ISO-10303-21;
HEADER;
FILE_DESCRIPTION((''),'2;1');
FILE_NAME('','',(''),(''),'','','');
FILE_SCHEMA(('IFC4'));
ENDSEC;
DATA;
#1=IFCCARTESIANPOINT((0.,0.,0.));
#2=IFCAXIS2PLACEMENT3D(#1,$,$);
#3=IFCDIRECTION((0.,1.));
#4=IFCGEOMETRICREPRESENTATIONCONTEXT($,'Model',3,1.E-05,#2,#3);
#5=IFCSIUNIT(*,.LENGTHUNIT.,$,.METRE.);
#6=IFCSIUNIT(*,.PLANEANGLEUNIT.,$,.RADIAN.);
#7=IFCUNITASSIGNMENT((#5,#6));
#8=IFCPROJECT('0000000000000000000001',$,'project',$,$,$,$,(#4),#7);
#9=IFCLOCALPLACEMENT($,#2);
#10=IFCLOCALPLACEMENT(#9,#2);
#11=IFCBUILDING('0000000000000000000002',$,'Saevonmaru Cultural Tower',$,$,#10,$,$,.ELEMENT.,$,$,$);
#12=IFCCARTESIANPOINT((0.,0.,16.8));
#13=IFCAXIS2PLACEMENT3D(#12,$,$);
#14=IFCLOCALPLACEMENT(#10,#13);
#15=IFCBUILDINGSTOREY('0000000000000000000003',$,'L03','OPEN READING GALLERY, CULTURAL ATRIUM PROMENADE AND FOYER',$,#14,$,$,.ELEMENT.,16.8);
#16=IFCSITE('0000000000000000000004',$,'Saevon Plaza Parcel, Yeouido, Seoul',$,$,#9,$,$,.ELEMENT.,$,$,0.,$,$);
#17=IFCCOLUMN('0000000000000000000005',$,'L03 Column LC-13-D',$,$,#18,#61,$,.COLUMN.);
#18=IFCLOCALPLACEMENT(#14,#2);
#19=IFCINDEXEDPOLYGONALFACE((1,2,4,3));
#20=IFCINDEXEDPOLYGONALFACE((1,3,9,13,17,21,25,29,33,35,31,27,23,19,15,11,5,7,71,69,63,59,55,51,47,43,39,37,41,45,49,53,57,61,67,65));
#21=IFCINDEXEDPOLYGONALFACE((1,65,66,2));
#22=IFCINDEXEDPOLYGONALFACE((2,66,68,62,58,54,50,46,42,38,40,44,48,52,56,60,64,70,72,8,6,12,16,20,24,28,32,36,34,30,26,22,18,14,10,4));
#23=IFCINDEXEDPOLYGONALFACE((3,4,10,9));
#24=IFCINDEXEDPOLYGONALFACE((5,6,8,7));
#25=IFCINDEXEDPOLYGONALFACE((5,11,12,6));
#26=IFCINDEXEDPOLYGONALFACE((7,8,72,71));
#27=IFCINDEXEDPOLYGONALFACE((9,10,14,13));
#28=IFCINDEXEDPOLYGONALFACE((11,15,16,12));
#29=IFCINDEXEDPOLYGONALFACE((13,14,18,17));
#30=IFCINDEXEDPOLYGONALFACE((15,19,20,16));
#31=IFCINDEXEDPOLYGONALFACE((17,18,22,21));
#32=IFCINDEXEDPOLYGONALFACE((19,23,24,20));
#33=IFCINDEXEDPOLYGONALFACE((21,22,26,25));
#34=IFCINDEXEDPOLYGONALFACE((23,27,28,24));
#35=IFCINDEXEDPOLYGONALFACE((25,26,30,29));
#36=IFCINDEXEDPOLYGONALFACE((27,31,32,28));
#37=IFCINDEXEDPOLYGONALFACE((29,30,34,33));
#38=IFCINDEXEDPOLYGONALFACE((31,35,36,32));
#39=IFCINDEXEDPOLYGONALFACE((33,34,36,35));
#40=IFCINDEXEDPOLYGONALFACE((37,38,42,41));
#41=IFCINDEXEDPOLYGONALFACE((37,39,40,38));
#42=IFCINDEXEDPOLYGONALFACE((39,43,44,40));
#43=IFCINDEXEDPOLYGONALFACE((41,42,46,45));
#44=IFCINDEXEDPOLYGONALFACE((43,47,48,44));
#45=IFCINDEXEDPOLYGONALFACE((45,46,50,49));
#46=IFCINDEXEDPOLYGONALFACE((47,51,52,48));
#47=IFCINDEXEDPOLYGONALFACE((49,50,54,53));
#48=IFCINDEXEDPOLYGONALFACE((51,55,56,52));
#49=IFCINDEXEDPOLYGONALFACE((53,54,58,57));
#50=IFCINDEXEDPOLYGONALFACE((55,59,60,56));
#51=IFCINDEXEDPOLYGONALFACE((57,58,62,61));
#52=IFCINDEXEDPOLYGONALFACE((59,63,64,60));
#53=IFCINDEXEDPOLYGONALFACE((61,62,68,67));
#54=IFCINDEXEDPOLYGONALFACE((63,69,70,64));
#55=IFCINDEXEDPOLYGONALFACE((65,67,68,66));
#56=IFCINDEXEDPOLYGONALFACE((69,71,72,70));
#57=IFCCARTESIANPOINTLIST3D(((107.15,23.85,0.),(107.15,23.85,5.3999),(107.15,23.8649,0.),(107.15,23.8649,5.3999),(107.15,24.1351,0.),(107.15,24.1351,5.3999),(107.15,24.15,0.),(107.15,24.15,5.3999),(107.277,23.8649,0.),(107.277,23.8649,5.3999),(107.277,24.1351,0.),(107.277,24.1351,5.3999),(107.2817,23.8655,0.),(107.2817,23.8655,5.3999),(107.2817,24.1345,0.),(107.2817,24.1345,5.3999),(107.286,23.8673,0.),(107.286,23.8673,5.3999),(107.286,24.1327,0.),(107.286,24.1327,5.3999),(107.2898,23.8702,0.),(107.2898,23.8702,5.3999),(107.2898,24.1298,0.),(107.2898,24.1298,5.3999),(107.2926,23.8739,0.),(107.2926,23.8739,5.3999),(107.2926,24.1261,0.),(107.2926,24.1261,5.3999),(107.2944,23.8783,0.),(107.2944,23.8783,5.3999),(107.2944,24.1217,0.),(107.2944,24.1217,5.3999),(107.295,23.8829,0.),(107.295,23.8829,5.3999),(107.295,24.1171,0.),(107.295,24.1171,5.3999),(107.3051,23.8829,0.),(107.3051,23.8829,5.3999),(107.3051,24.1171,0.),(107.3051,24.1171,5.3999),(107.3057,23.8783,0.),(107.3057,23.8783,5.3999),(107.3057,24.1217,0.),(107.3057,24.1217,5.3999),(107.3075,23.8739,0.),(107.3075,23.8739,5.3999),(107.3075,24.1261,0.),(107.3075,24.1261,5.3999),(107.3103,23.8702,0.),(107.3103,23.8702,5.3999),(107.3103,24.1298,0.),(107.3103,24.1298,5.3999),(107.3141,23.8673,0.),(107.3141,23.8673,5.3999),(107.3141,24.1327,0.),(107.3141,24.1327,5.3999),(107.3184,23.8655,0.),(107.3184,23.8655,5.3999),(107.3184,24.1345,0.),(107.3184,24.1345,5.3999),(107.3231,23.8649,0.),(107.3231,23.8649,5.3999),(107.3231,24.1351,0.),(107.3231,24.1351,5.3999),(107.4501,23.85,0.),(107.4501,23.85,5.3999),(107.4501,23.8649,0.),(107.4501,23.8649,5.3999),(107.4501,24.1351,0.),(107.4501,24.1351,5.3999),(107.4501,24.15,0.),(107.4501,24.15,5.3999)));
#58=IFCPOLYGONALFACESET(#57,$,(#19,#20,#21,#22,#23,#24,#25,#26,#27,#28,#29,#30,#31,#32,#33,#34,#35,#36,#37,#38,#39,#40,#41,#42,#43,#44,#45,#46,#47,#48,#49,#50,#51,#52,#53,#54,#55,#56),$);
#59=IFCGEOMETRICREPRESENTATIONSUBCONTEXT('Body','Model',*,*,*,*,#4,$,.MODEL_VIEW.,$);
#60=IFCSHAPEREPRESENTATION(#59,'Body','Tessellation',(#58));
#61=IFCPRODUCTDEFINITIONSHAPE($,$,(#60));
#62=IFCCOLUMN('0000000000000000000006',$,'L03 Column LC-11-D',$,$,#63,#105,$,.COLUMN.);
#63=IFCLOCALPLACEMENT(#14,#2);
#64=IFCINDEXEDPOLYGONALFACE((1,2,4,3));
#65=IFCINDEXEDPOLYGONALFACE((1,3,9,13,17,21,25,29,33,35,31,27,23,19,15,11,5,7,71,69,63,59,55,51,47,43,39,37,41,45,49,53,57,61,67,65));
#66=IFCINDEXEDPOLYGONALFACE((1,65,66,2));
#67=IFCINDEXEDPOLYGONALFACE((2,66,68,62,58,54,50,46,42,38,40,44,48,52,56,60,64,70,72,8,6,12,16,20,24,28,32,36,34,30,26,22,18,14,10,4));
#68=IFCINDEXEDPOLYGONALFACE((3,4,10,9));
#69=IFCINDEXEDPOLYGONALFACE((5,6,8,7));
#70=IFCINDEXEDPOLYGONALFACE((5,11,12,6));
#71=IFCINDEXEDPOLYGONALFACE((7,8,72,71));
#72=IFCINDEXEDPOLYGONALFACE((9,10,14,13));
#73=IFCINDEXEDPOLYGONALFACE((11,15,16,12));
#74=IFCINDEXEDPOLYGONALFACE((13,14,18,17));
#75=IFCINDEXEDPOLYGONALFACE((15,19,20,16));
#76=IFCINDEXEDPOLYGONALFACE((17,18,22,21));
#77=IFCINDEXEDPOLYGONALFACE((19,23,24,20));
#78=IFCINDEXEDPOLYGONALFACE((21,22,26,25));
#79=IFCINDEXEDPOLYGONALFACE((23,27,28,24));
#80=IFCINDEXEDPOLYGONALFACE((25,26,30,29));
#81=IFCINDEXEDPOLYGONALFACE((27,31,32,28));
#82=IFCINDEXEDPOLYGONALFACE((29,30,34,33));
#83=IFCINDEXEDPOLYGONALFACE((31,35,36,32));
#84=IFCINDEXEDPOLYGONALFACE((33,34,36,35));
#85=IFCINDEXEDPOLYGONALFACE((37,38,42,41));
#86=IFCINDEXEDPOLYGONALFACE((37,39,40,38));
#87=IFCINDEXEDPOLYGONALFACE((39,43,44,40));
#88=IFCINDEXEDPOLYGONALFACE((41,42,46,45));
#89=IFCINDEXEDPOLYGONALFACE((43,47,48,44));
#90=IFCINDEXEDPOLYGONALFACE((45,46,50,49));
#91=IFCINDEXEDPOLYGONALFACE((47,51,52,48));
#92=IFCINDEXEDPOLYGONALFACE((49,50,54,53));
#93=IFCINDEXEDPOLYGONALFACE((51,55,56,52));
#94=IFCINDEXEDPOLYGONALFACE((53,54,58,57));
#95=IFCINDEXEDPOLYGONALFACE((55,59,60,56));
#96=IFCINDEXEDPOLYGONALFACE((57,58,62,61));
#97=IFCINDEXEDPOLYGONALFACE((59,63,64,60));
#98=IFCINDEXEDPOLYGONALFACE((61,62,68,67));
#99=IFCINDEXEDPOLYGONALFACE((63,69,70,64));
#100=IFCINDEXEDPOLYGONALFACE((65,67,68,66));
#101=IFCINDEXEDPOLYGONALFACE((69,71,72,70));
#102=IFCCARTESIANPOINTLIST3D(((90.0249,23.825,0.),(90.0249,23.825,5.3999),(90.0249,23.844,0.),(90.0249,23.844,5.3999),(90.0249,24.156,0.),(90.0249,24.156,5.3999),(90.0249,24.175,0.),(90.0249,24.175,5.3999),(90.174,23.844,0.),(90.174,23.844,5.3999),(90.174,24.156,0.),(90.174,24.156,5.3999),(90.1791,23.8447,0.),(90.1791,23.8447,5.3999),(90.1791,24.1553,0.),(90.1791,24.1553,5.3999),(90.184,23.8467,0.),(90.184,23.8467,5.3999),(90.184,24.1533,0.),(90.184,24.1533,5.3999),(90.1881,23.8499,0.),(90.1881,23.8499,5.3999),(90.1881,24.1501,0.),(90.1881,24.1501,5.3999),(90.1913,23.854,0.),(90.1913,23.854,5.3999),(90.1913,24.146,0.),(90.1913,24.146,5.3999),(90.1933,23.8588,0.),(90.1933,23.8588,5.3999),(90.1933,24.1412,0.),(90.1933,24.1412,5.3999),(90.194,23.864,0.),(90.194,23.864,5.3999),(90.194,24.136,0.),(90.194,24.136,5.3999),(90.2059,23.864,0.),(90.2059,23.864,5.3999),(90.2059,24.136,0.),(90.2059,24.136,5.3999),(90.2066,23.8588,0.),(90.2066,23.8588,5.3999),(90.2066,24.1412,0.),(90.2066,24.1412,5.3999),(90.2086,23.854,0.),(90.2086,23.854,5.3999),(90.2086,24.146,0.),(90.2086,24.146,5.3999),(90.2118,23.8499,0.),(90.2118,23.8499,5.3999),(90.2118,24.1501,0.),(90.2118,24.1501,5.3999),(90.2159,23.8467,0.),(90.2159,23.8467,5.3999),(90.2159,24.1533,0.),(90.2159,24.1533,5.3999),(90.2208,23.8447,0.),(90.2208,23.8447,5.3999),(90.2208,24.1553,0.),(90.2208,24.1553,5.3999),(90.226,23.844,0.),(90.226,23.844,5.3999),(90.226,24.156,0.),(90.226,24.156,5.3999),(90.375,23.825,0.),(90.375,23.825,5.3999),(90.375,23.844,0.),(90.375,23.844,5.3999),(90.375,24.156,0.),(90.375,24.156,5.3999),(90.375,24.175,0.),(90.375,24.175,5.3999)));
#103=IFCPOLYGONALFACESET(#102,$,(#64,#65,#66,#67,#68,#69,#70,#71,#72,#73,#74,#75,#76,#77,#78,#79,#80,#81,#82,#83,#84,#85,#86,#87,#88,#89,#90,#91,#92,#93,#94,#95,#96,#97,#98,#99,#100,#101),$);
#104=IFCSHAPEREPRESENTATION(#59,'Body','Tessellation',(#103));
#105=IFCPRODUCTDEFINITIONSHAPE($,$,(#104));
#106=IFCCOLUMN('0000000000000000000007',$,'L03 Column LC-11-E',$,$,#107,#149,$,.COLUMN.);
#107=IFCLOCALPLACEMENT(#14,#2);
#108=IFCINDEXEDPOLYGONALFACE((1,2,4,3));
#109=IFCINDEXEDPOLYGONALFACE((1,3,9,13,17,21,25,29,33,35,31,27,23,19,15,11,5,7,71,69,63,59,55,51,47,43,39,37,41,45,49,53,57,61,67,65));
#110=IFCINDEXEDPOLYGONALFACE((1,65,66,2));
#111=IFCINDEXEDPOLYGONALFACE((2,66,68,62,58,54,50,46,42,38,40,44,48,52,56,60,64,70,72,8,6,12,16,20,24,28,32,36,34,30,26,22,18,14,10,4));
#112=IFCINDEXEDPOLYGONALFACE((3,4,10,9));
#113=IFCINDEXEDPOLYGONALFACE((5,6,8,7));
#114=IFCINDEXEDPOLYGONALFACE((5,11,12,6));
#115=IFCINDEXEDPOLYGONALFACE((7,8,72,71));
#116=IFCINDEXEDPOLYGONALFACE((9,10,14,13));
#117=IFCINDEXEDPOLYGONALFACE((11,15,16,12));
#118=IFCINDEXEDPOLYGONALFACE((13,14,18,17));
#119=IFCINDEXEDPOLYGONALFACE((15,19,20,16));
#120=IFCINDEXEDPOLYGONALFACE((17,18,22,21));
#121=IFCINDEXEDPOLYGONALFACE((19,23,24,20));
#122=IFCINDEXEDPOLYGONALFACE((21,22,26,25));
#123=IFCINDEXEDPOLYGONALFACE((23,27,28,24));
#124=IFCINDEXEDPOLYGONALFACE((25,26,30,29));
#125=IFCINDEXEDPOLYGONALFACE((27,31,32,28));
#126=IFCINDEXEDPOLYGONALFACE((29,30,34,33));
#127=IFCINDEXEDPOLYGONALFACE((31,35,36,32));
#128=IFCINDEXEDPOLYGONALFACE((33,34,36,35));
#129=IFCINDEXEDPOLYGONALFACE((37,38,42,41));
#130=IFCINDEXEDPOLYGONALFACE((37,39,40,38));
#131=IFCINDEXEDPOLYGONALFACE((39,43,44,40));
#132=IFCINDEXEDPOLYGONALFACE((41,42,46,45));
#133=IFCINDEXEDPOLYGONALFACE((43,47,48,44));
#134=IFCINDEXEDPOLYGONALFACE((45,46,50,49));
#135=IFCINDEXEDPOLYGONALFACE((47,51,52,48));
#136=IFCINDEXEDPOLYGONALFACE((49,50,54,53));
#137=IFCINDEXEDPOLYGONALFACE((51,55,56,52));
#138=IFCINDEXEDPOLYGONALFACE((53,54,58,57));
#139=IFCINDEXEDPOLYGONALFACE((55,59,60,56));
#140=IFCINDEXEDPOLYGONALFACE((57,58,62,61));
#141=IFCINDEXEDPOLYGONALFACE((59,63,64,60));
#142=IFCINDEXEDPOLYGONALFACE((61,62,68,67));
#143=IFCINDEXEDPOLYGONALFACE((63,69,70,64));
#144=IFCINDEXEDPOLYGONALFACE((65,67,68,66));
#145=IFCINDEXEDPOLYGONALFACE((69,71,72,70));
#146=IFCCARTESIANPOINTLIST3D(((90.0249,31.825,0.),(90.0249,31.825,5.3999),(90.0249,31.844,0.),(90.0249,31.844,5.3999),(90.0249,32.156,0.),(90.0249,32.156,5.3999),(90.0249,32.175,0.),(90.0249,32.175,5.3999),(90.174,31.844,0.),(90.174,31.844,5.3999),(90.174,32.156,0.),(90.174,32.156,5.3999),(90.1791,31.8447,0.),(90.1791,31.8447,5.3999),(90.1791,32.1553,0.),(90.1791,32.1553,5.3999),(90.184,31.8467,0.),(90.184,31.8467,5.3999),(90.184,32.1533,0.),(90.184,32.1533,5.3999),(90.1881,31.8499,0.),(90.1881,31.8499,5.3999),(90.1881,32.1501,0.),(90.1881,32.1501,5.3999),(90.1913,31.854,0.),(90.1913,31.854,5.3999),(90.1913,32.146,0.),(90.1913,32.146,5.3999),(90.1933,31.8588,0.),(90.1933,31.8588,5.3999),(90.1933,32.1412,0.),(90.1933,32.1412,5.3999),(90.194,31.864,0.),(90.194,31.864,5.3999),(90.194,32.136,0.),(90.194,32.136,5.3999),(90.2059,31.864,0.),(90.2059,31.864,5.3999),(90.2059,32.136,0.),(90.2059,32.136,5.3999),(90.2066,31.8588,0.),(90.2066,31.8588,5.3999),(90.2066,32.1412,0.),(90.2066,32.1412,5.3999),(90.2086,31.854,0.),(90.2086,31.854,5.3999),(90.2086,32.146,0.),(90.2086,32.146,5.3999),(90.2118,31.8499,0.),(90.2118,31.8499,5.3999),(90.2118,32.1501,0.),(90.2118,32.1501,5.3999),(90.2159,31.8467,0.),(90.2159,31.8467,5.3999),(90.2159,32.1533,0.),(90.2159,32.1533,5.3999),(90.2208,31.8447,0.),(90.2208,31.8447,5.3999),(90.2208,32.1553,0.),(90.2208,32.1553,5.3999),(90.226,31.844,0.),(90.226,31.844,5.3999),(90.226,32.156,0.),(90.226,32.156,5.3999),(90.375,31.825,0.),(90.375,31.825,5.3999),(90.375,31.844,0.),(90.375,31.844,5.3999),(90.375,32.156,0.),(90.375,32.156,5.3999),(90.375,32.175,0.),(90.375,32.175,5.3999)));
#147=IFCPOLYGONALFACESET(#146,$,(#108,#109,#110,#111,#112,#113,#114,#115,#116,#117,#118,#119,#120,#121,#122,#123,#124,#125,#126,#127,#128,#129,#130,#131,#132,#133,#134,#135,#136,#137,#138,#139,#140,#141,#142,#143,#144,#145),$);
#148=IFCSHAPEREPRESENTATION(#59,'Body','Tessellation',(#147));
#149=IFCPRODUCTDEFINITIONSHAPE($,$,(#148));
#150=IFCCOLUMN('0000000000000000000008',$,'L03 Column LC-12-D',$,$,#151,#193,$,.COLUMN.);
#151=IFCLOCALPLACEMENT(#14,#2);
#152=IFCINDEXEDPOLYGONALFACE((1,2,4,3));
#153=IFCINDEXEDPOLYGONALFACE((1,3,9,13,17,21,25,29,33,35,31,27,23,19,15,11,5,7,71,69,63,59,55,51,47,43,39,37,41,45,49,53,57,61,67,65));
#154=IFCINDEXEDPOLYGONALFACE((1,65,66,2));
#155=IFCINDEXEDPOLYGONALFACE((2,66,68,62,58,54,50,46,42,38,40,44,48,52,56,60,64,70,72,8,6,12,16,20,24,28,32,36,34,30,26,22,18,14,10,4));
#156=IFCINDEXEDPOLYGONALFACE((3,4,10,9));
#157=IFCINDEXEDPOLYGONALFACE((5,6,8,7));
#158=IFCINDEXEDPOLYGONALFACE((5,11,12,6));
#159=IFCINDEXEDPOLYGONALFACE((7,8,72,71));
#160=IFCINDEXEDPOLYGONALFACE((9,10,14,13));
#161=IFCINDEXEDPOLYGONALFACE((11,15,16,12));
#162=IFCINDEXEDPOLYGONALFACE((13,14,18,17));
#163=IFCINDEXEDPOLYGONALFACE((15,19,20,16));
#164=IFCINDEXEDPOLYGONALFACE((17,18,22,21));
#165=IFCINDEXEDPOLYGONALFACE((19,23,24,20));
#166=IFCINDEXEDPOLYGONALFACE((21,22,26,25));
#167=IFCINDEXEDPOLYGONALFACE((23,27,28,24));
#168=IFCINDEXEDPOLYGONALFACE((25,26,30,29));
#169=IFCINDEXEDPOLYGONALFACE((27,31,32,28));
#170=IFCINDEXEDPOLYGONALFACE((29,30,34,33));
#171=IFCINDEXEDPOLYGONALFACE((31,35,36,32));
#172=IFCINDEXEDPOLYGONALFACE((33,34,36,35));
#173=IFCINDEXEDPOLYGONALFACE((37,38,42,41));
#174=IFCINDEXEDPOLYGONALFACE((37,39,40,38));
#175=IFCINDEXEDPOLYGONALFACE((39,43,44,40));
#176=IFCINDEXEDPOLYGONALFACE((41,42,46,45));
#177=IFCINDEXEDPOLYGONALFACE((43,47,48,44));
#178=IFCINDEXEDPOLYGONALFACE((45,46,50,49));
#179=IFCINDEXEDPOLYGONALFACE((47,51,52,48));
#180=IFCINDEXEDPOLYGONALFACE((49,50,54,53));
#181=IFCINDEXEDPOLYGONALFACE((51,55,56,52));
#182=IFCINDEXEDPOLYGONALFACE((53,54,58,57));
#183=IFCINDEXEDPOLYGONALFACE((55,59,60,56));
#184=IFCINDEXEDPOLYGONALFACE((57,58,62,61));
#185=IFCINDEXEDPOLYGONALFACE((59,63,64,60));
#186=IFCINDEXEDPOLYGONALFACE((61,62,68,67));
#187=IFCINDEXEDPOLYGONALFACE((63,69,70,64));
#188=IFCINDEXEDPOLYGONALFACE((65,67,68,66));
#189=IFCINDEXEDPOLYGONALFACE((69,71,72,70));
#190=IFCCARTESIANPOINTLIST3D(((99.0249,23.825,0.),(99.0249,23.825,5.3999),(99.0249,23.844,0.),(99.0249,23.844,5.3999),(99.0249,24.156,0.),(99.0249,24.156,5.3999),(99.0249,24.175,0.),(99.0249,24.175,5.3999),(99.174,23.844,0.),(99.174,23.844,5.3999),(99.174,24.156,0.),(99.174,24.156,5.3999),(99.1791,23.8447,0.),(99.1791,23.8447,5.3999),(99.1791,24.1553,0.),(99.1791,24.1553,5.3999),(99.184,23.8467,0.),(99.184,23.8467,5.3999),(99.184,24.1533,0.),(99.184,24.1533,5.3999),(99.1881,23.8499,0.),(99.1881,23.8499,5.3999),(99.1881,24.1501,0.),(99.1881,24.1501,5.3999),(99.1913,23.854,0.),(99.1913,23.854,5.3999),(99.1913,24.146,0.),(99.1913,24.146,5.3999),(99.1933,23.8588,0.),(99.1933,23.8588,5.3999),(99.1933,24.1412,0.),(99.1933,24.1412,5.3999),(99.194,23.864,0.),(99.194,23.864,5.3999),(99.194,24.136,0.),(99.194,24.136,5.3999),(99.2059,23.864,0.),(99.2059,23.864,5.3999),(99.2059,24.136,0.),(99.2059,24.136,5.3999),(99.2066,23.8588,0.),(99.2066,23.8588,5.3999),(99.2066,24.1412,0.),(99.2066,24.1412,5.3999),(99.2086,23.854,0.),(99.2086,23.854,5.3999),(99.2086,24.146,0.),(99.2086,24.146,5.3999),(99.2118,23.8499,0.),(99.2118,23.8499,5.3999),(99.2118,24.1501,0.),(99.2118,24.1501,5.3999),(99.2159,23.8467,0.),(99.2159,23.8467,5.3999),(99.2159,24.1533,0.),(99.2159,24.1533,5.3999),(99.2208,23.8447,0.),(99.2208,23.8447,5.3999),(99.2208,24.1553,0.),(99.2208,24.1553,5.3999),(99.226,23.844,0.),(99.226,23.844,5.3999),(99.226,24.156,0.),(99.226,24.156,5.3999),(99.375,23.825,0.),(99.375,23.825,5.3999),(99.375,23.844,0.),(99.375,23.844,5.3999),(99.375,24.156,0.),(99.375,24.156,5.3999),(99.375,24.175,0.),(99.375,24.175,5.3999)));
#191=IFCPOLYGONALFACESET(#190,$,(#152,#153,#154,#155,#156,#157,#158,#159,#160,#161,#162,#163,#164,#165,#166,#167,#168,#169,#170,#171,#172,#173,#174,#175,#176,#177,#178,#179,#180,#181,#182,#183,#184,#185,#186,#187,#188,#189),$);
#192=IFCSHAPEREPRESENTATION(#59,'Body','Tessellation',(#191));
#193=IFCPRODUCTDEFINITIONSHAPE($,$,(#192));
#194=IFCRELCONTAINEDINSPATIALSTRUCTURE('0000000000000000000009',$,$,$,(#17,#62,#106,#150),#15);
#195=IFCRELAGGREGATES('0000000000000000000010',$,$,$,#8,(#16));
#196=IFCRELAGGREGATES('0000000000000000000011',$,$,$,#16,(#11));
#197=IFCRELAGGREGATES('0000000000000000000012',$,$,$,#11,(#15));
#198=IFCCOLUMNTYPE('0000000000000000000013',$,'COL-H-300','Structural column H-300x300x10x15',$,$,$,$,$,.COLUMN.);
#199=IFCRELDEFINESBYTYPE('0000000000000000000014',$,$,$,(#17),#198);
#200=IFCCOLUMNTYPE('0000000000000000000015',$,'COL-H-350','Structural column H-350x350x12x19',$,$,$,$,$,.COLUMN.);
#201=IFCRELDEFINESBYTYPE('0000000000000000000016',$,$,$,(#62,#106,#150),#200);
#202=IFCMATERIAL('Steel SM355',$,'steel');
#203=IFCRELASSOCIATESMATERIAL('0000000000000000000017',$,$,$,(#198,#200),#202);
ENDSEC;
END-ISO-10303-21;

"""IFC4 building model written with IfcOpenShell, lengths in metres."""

from ifc_helpers import new_model, si_unit, direction, frame, origin, origin_2d, place, context, subcontext, project, spatial, i_section, extrude, material, material_profile, profile_set, type_object, element, save


model = new_model("IFC4")

# Units and contexts
model_context = context("Model", 3, precision=1e-05, world=origin(), true_north=direction((0.0, 1.0)))
body_context = subcontext(model_context, "Body", "Model", "MODEL_VIEW")
ifc_project = project(units=[si_unit("LENGTHUNIT", "METRE"), si_unit("PLANEANGLEUNIT", "RADIAN")], contexts=[model_context])

# Site, building, storey
site_placement = place(None, origin())
site = spatial("IfcSite", under=ifc_project, at=site_placement, Name="Saevon Plaza Parcel, Yeouido, Seoul", CompositionType="ELEMENT", RefElevation=0.0)
building_placement = place(site_placement, origin())
building = spatial("IfcBuilding", under=site, at=building_placement, Name="Saevonmaru Cultural Tower", CompositionType="ELEMENT")
storey_placement = place(building_placement, frame((0.0, 0.0, 16.8)))
storey = spatial("IfcBuildingStorey", under=building, at=storey_placement, Name="L03", Description="OPEN READING GALLERY, CULTURAL ATRIUM PROMENADE AND FOYER", CompositionType="ELEMENT", Elevation=16.8)

# Columns
ifc_material_1 = material(Name="Steel SM355", Category="steel")
ifc_material_profile_1 = material_profile(ifc_material_1, i_section(OverallWidth=0.3, OverallDepth=0.3, WebThickness=0.01, FlangeThickness=0.0149, FilletRadius=0.0181, at=origin_2d()), Name="H-300x300x10x15")
ifc_profile_set_1 = profile_set([ifc_material_profile_1], Name="Steel SM355")
column_type_1 = type_object("IfcColumnType", Name="COL-H-300", Description="Structural column H-300x300x10x15", PredefinedType="COLUMN", material=ifc_profile_set_1)
column_placement = place(storey_placement, frame((107.3, 24.0, 0.0), z_axis=(0.0, 0.0, 1.0), x_axis=(1.0, 0.0, 0.0)))
element("IfcColumn", 1, at=column_placement, inside=storey, type_object=column_type_1, Name="L03 Column LC-13-D", PredefinedType="COLUMN", context=body_context, shape_type="SweptSolid", body=[
    extrude(i_section(OverallWidth=0.3, OverallDepth=0.3, WebThickness=0.01, FlangeThickness=0.0149, FilletRadius=0.0181, at=origin_2d()), origin(), (0.0, 0.0, 1.0), 5.3999),
])
ifc_material_profile_2 = material_profile(ifc_material_1, i_section(OverallWidth=0.3501, OverallDepth=0.3501, WebThickness=0.012, FlangeThickness=0.019, FilletRadius=0.02, at=origin_2d()), Name="H-350x350x12x19")
ifc_profile_set_2 = profile_set([ifc_material_profile_2], Name="Steel SM355")
column_type_2 = type_object("IfcColumnType", Name="COL-H-350", Description="Structural column H-350x350x12x19", PredefinedType="COLUMN", material=ifc_profile_set_2)
for number, where, z_axis, x_axis, name in (
    (2, (90.2, 24.0, 0.0), (0.0, 0.0, 1.0), (1.0, 0.0, 0.0), "L03 Column LC-11-D"),
    (3, (90.2, 32.0, 0.0), (0.0, 0.0, 1.0), (1.0, 0.0, 0.0), "L03 Column LC-11-E"),
    (4, (99.2, 24.0, 0.0), (0.0, 0.0, 1.0), (1.0, 0.0, 0.0), "L03 Column LC-12-D"),
):
    element("IfcColumn", number, at=place(storey_placement, frame(where, z_axis=z_axis, x_axis=x_axis)), inside=storey, type_object=column_type_2, Name=name, PredefinedType="COLUMN", context=body_context, shape_type="SweptSolid", body=[
        extrude(i_section(OverallWidth=0.3501, OverallDepth=0.3501, WebThickness=0.012, FlangeThickness=0.019, FilletRadius=0.02, at=origin_2d()), origin(), (0.0, 0.0, 1.0), 5.3999),
    ])

save(model, "model.ifc")
